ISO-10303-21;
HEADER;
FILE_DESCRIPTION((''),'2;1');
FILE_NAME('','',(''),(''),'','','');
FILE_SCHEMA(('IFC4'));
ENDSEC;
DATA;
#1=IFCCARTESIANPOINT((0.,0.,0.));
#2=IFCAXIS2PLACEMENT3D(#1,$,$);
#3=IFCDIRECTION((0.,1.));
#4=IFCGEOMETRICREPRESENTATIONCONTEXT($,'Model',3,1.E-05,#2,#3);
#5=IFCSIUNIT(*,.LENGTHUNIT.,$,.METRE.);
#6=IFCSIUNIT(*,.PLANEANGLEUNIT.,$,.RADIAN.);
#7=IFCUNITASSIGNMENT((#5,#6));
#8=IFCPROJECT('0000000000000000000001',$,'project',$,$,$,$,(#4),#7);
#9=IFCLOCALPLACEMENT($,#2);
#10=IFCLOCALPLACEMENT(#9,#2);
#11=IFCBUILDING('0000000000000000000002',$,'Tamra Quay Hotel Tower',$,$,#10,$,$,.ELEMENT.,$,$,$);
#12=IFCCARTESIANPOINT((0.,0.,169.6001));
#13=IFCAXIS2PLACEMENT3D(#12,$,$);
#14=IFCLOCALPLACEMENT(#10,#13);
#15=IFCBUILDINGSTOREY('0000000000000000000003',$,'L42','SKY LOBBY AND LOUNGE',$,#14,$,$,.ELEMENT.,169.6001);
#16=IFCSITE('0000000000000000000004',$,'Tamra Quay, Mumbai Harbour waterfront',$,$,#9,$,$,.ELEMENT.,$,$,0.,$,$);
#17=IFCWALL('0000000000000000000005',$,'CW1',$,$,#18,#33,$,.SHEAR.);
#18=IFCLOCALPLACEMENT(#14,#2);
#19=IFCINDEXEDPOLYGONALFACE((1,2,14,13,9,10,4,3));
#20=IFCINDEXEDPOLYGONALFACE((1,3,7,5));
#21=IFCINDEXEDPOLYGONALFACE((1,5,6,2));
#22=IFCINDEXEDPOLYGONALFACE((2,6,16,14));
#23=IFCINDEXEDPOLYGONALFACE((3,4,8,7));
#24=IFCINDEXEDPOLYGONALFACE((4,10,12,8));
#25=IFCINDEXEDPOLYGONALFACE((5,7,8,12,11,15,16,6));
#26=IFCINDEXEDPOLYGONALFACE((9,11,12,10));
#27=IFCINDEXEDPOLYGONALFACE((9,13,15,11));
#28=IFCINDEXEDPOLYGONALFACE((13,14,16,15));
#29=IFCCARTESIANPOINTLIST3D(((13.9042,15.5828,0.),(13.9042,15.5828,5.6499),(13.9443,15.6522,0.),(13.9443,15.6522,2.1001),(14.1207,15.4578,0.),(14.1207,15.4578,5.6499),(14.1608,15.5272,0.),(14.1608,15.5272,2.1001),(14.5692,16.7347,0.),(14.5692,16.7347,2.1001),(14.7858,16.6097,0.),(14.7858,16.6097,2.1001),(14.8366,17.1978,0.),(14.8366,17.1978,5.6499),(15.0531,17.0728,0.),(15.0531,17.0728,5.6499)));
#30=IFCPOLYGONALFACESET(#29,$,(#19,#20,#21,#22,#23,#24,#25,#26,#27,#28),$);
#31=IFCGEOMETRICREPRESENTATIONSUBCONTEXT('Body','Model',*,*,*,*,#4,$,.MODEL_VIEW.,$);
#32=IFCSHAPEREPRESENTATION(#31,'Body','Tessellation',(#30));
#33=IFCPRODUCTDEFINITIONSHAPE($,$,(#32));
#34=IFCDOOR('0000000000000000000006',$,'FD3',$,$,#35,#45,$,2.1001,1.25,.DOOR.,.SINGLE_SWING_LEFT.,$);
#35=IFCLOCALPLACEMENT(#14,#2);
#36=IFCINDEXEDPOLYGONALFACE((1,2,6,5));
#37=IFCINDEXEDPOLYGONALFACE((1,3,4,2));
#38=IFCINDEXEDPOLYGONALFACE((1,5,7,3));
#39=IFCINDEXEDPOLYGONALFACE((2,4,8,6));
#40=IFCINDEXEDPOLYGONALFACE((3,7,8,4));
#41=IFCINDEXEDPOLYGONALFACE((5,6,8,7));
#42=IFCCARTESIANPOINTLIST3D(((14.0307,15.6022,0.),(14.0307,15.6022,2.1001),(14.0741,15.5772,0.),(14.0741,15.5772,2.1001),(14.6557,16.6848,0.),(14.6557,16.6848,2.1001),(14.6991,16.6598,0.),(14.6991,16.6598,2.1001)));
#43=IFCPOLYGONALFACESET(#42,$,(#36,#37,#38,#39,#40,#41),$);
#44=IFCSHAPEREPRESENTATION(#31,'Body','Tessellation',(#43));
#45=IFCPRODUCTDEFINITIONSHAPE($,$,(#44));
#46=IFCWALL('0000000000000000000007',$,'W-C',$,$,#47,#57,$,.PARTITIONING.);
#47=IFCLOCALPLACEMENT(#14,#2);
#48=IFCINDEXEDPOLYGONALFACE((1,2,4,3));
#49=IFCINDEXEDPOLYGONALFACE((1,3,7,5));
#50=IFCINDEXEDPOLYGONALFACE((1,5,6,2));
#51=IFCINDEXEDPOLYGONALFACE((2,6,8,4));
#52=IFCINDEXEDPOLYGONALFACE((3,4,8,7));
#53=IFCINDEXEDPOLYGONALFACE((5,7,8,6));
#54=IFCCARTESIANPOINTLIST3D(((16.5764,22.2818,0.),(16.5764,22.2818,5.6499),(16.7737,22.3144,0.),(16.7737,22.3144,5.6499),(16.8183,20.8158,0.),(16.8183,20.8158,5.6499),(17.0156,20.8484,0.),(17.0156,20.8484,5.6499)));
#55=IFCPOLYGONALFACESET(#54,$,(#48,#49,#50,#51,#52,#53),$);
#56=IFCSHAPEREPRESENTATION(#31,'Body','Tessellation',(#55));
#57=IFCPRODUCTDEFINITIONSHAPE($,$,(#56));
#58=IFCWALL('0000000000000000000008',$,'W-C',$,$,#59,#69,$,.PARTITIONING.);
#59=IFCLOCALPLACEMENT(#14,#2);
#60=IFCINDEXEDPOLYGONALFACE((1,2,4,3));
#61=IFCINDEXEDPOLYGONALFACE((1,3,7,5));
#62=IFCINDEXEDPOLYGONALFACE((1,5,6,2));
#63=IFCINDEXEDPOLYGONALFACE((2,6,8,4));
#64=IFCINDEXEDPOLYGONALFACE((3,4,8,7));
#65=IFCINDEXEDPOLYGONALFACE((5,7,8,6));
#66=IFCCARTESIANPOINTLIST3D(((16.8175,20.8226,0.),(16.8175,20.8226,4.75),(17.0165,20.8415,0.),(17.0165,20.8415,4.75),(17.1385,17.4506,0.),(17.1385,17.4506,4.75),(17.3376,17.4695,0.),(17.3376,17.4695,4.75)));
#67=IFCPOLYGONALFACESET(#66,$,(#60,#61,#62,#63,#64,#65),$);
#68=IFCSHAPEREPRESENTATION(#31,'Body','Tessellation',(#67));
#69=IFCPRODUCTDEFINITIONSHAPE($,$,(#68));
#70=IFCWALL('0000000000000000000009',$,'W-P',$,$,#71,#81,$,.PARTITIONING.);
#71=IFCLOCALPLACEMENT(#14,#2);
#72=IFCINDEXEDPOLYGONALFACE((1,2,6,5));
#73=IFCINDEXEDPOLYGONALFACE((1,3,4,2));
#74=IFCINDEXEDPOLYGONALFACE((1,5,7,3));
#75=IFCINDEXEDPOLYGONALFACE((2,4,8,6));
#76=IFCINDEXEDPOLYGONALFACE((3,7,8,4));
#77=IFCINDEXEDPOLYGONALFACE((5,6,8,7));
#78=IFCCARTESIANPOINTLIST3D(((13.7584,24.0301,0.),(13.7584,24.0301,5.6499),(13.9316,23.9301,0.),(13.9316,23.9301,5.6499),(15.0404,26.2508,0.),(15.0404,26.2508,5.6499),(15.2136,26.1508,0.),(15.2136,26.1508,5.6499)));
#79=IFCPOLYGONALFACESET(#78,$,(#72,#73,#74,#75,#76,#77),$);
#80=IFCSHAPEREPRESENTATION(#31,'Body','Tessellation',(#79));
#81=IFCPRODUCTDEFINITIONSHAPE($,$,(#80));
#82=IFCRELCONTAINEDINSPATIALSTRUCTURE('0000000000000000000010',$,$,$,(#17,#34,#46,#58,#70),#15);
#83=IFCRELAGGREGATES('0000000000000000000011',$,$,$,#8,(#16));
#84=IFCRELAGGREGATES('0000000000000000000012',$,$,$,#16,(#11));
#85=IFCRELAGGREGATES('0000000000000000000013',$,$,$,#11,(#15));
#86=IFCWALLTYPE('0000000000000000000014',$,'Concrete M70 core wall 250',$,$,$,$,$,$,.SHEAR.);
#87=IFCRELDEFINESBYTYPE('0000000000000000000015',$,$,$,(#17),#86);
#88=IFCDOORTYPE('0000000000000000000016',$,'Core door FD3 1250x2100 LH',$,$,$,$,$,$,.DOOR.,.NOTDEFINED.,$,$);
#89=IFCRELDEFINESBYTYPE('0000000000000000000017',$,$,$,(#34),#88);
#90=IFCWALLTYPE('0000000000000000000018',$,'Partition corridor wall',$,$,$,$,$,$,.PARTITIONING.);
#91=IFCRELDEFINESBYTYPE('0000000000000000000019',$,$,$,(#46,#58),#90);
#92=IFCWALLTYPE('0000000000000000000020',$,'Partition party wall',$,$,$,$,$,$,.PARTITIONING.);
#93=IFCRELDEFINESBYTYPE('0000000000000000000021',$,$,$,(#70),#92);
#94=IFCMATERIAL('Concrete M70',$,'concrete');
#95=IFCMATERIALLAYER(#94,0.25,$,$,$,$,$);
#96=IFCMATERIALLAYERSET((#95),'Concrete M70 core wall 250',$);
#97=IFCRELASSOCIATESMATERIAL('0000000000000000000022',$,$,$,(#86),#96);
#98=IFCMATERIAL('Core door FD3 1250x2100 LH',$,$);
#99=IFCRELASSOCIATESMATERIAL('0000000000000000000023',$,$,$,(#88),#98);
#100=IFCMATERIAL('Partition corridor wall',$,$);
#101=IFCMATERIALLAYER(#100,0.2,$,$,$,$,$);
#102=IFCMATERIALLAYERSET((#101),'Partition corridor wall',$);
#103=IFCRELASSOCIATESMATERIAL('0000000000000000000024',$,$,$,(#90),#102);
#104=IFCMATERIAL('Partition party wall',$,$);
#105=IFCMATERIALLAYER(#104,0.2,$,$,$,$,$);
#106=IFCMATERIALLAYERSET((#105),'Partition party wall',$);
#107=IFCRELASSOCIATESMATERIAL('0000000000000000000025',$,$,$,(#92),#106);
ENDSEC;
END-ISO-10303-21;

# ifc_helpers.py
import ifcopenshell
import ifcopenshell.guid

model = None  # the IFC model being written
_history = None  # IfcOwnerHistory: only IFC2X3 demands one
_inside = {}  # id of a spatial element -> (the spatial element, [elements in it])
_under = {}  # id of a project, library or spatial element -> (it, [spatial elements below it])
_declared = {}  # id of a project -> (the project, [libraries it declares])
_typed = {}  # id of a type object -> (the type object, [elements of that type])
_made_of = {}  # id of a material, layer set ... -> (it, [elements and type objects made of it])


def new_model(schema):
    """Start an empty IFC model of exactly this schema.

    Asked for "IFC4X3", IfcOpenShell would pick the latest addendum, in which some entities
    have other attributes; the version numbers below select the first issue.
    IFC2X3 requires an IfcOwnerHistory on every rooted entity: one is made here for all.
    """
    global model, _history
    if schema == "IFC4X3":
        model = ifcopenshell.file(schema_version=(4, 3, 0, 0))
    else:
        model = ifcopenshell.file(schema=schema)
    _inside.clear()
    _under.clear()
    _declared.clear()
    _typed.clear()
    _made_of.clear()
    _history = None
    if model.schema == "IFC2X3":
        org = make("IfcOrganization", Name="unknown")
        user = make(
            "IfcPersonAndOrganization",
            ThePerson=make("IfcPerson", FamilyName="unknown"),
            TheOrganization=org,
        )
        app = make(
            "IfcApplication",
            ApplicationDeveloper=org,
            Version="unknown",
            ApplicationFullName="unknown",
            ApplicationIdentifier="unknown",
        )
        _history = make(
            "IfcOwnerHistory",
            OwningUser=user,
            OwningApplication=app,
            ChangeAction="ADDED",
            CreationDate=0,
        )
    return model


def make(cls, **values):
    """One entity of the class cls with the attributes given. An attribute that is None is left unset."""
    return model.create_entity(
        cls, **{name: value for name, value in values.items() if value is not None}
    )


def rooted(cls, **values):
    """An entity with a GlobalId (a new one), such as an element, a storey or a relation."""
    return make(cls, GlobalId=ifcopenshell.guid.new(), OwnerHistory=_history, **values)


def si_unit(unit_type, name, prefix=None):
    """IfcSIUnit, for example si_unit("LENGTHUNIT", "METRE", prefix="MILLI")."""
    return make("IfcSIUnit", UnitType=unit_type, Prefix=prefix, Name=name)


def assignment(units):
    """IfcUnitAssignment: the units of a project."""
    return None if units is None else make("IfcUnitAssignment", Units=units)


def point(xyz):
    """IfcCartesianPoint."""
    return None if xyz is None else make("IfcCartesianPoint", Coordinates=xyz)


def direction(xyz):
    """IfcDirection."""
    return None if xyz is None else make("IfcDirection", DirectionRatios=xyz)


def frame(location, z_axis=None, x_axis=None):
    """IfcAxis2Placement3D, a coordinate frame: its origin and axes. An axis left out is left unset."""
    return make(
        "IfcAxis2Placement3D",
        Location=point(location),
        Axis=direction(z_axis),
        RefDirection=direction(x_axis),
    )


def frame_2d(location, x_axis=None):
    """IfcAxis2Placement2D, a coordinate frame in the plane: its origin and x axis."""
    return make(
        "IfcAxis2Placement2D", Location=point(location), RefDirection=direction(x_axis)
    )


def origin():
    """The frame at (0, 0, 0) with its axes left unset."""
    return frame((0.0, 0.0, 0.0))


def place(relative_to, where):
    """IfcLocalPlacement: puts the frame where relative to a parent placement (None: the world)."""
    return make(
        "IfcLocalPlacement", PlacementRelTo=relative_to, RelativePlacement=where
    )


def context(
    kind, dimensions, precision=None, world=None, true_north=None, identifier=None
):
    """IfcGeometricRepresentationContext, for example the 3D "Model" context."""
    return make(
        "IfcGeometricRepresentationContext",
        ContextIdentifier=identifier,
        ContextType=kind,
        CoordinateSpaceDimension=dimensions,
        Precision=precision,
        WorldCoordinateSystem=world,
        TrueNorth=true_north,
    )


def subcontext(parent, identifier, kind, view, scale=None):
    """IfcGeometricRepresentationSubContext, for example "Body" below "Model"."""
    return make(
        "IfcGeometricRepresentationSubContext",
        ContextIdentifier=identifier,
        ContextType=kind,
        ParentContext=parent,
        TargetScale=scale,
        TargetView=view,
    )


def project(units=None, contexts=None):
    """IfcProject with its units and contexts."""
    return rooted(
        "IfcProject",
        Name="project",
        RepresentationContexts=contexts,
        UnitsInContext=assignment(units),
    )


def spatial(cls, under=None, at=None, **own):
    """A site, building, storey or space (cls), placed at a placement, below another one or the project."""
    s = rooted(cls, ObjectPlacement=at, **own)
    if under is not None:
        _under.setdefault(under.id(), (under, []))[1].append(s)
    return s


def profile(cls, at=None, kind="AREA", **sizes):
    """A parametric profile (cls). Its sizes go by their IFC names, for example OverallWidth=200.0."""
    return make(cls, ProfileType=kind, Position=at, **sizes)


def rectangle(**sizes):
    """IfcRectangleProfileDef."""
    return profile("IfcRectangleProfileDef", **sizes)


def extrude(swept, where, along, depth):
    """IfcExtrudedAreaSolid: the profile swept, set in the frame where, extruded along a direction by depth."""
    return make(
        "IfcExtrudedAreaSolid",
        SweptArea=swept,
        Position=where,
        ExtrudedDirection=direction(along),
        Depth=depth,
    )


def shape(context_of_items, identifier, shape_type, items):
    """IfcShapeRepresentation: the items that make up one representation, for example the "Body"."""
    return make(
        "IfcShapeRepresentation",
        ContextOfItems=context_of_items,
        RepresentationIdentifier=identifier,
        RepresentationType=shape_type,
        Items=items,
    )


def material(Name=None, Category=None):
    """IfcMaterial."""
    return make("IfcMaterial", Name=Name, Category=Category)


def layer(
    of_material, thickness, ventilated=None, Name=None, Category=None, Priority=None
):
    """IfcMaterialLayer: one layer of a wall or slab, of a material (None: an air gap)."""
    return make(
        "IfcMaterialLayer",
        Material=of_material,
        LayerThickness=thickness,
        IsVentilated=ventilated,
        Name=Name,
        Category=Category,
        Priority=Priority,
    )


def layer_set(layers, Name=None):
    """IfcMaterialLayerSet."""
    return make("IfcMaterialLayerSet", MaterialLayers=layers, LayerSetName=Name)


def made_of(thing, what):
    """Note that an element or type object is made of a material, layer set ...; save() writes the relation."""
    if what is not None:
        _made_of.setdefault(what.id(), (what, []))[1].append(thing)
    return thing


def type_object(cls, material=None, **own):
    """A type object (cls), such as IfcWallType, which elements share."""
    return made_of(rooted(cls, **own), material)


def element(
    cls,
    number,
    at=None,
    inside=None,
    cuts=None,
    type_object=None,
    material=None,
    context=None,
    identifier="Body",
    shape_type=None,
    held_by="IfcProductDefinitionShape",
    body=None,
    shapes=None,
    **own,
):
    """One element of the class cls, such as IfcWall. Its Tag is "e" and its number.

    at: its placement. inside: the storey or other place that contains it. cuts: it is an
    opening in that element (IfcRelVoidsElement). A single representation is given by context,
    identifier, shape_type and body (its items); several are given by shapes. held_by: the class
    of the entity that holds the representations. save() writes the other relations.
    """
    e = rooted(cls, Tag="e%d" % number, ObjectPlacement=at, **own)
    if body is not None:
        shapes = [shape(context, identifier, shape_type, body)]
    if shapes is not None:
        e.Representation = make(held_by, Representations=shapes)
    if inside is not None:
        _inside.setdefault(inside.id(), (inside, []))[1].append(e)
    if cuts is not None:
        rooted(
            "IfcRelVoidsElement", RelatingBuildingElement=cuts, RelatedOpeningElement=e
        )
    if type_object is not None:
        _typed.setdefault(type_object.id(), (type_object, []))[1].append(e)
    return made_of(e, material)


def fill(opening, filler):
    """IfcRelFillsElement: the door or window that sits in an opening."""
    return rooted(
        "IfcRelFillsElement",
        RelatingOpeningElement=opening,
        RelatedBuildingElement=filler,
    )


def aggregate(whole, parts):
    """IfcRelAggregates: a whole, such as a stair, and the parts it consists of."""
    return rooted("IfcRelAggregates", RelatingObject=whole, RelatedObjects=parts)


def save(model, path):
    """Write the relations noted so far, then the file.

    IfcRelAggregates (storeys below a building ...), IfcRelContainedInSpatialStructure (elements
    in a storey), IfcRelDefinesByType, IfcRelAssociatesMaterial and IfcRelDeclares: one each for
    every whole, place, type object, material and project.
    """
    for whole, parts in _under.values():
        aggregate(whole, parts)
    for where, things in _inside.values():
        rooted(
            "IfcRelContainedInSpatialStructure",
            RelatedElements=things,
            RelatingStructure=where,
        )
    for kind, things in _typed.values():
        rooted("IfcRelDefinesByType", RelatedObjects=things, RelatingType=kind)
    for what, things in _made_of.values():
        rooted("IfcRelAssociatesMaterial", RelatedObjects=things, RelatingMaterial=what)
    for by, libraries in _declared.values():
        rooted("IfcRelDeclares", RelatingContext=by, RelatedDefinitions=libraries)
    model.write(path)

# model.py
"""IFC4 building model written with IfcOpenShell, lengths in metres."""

from ifc_helpers import new_model, si_unit, direction, frame, frame_2d, origin, place, context, subcontext, project, spatial, rectangle, extrude, material, layer, layer_set, type_object, element, fill, save


model = new_model("IFC4")

# Units and contexts
model_context = context("Model", 3, precision=1e-05, world=origin(), true_north=direction((0.0, 1.0)))
body_context = subcontext(model_context, "Body", "Model", "MODEL_VIEW")
ifc_project = project(units=[si_unit("LENGTHUNIT", "METRE"), si_unit("PLANEANGLEUNIT", "RADIAN")], contexts=[model_context])

# Site, building, storey
site_placement = place(None, origin())
site = spatial("IfcSite", under=ifc_project, at=site_placement, Name="Tamra Quay, Mumbai Harbour waterfront", CompositionType="ELEMENT", RefElevation=0.0)
building_placement = place(site_placement, origin())
building = spatial("IfcBuilding", under=site, at=building_placement, Name="Tamra Quay Hotel Tower", CompositionType="ELEMENT")
storey_placement = place(building_placement, frame((0.0, 0.0, 169.6001)))
storey = spatial("IfcBuildingStorey", under=building, at=storey_placement, Name="L42", Description="SKY LOBBY AND LOUNGE", CompositionType="ELEMENT", Elevation=169.6001)

# Shared definitions
ifc_material_1 = material(Name="Concrete M70", Category="concrete")

# Shared definitions
ifc_layer_1 = layer(ifc_material_1, 0.25)
ifc_layer_set_1 = layer_set([ifc_layer_1], Name="Concrete M70 core wall 250")
wall_type_1 = type_object("IfcWallType", Name="Concrete M70 core wall 250", PredefinedType="SHEAR", material=ifc_layer_set_1)

# Wall, opening, door
wall_1_placement = place(storey_placement, frame((14.9448, 17.1353, 0.0), z_axis=(0.0, 0.0, 1.0), x_axis=(-0.499983, -0.866035, 0.0)))
wall_1 = element("IfcWall", 1, at=wall_1_placement, inside=storey, type_object=wall_type_1, Name="CW1", PredefinedType="SHEAR", context=body_context, shape_type="SweptSolid", body=[
    extrude(rectangle(XDim=1.8647, YDim=0.25, at=frame_2d((0.9324, 0.0))), origin(), (0.0, 0.0, 1.0), 5.6499),
])
opening_placement = place(wall_1_placement, frame((0.5347, 0.0, 0.0)))
opening = element("IfcOpeningElement", 2, at=opening_placement, cuts=wall_1, PredefinedType="OPENING", context=body_context, shape_type="SweptSolid", body=[
    extrude(rectangle(XDim=1.25, YDim=2.1001, at=frame_2d((0.625, 1.05))), frame((0.0, 0.135, 0.0), z_axis=(0.0, -1.0, 0.0), x_axis=(1.0, 0.0, 0.0)), (0.0, 0.0, 1.0), 0.27),
])
ifc_material_2 = material(Name="Core door FD3 1250x2100 LH")
door_type = type_object("IfcDoorType", Name="Core door FD3 1250x2100 LH", OperationType="NOTDEFINED", PredefinedType="DOOR", material=ifc_material_2)
door_placement = place(opening_placement, origin())
door = element("IfcDoor", 3, at=door_placement, inside=storey, type_object=door_type, Name="FD3", OperationType="SINGLE_SWING_LEFT", OverallHeight=2.1001, OverallWidth=1.25, PredefinedType="DOOR", context=body_context, shape_type="SweptSolid", body=[
    extrude(rectangle(XDim=1.25, YDim=2.1001, at=frame_2d((0.625, 1.05))), frame((0.0, 0.0249, 0.0), z_axis=(0.0, -1.0, 0.0), x_axis=(1.0, 0.0, 0.0)), (0.0, 0.0, 1.0), 0.05),
])
fill(opening, door)

# Walls
ifc_material_3 = material(Name="Partition corridor wall")
ifc_layer_2 = layer(ifc_material_3, 0.2)
ifc_layer_set_2 = layer_set([ifc_layer_2], Name="Partition corridor wall")
wall_type_2 = type_object("IfcWallType", Name="Partition corridor wall", PredefinedType="PARTITIONING", material=ifc_layer_set_2)
wall_2_placement = place(storey_placement, frame((16.675, 22.2981, 0.0), z_axis=(0.0, 0.0, 1.0), x_axis=(0.162827, -0.986655, 0.0)))
element("IfcWall", 4, at=wall_2_placement, inside=storey, type_object=wall_type_2, Name="W-C", PredefinedType="PARTITIONING", context=body_context, shape_type="SweptSolid", body=[
    extrude(rectangle(XDim=1.4858, YDim=0.2, at=frame_2d((0.7429, 0.0))), origin(), (0.0, 0.0, 1.0), 5.6499),
])
wall_3_placement = place(storey_placement, frame((16.917, 20.832, 0.0), z_axis=(0.0, 0.0, 1.0), x_axis=(0.094778, -0.995498, 0.0)))
element("IfcWall", 5, at=wall_3_placement, inside=storey, type_object=wall_type_2, Name="W-C", PredefinedType="PARTITIONING", context=body_context, shape_type="SweptSolid", body=[
    extrude(rectangle(XDim=3.3872, YDim=0.2, at=frame_2d((1.6936, 0.0))), origin(), (0.0, 0.0, 1.0), 4.75),
])
ifc_material_4 = material(Name="Partition party wall")
ifc_layer_3 = layer(ifc_material_4, 0.2)
ifc_layer_set_3 = layer_set([ifc_layer_3], Name="Partition party wall")
wall_type_3 = type_object("IfcWallType", Name="Partition party wall", PredefinedType="PARTITIONING", material=ifc_layer_set_3)
wall_4_placement = place(storey_placement, frame((13.845, 23.98, 0.0), z_axis=(0.0, 0.0, 1.0), x_axis=(0.499959, 0.866049, 0.0)))
element("IfcWall", 6, at=wall_4_placement, inside=storey, type_object=wall_type_3, Name="W-P", PredefinedType="PARTITIONING", context=body_context, shape_type="SweptSolid", body=[
    extrude(rectangle(XDim=2.5642, YDim=0.2, at=frame_2d((1.2822, 0.0))), origin(), (0.0, 0.0, 1.0), 5.6499),
])

save(model, "model.ifc")
